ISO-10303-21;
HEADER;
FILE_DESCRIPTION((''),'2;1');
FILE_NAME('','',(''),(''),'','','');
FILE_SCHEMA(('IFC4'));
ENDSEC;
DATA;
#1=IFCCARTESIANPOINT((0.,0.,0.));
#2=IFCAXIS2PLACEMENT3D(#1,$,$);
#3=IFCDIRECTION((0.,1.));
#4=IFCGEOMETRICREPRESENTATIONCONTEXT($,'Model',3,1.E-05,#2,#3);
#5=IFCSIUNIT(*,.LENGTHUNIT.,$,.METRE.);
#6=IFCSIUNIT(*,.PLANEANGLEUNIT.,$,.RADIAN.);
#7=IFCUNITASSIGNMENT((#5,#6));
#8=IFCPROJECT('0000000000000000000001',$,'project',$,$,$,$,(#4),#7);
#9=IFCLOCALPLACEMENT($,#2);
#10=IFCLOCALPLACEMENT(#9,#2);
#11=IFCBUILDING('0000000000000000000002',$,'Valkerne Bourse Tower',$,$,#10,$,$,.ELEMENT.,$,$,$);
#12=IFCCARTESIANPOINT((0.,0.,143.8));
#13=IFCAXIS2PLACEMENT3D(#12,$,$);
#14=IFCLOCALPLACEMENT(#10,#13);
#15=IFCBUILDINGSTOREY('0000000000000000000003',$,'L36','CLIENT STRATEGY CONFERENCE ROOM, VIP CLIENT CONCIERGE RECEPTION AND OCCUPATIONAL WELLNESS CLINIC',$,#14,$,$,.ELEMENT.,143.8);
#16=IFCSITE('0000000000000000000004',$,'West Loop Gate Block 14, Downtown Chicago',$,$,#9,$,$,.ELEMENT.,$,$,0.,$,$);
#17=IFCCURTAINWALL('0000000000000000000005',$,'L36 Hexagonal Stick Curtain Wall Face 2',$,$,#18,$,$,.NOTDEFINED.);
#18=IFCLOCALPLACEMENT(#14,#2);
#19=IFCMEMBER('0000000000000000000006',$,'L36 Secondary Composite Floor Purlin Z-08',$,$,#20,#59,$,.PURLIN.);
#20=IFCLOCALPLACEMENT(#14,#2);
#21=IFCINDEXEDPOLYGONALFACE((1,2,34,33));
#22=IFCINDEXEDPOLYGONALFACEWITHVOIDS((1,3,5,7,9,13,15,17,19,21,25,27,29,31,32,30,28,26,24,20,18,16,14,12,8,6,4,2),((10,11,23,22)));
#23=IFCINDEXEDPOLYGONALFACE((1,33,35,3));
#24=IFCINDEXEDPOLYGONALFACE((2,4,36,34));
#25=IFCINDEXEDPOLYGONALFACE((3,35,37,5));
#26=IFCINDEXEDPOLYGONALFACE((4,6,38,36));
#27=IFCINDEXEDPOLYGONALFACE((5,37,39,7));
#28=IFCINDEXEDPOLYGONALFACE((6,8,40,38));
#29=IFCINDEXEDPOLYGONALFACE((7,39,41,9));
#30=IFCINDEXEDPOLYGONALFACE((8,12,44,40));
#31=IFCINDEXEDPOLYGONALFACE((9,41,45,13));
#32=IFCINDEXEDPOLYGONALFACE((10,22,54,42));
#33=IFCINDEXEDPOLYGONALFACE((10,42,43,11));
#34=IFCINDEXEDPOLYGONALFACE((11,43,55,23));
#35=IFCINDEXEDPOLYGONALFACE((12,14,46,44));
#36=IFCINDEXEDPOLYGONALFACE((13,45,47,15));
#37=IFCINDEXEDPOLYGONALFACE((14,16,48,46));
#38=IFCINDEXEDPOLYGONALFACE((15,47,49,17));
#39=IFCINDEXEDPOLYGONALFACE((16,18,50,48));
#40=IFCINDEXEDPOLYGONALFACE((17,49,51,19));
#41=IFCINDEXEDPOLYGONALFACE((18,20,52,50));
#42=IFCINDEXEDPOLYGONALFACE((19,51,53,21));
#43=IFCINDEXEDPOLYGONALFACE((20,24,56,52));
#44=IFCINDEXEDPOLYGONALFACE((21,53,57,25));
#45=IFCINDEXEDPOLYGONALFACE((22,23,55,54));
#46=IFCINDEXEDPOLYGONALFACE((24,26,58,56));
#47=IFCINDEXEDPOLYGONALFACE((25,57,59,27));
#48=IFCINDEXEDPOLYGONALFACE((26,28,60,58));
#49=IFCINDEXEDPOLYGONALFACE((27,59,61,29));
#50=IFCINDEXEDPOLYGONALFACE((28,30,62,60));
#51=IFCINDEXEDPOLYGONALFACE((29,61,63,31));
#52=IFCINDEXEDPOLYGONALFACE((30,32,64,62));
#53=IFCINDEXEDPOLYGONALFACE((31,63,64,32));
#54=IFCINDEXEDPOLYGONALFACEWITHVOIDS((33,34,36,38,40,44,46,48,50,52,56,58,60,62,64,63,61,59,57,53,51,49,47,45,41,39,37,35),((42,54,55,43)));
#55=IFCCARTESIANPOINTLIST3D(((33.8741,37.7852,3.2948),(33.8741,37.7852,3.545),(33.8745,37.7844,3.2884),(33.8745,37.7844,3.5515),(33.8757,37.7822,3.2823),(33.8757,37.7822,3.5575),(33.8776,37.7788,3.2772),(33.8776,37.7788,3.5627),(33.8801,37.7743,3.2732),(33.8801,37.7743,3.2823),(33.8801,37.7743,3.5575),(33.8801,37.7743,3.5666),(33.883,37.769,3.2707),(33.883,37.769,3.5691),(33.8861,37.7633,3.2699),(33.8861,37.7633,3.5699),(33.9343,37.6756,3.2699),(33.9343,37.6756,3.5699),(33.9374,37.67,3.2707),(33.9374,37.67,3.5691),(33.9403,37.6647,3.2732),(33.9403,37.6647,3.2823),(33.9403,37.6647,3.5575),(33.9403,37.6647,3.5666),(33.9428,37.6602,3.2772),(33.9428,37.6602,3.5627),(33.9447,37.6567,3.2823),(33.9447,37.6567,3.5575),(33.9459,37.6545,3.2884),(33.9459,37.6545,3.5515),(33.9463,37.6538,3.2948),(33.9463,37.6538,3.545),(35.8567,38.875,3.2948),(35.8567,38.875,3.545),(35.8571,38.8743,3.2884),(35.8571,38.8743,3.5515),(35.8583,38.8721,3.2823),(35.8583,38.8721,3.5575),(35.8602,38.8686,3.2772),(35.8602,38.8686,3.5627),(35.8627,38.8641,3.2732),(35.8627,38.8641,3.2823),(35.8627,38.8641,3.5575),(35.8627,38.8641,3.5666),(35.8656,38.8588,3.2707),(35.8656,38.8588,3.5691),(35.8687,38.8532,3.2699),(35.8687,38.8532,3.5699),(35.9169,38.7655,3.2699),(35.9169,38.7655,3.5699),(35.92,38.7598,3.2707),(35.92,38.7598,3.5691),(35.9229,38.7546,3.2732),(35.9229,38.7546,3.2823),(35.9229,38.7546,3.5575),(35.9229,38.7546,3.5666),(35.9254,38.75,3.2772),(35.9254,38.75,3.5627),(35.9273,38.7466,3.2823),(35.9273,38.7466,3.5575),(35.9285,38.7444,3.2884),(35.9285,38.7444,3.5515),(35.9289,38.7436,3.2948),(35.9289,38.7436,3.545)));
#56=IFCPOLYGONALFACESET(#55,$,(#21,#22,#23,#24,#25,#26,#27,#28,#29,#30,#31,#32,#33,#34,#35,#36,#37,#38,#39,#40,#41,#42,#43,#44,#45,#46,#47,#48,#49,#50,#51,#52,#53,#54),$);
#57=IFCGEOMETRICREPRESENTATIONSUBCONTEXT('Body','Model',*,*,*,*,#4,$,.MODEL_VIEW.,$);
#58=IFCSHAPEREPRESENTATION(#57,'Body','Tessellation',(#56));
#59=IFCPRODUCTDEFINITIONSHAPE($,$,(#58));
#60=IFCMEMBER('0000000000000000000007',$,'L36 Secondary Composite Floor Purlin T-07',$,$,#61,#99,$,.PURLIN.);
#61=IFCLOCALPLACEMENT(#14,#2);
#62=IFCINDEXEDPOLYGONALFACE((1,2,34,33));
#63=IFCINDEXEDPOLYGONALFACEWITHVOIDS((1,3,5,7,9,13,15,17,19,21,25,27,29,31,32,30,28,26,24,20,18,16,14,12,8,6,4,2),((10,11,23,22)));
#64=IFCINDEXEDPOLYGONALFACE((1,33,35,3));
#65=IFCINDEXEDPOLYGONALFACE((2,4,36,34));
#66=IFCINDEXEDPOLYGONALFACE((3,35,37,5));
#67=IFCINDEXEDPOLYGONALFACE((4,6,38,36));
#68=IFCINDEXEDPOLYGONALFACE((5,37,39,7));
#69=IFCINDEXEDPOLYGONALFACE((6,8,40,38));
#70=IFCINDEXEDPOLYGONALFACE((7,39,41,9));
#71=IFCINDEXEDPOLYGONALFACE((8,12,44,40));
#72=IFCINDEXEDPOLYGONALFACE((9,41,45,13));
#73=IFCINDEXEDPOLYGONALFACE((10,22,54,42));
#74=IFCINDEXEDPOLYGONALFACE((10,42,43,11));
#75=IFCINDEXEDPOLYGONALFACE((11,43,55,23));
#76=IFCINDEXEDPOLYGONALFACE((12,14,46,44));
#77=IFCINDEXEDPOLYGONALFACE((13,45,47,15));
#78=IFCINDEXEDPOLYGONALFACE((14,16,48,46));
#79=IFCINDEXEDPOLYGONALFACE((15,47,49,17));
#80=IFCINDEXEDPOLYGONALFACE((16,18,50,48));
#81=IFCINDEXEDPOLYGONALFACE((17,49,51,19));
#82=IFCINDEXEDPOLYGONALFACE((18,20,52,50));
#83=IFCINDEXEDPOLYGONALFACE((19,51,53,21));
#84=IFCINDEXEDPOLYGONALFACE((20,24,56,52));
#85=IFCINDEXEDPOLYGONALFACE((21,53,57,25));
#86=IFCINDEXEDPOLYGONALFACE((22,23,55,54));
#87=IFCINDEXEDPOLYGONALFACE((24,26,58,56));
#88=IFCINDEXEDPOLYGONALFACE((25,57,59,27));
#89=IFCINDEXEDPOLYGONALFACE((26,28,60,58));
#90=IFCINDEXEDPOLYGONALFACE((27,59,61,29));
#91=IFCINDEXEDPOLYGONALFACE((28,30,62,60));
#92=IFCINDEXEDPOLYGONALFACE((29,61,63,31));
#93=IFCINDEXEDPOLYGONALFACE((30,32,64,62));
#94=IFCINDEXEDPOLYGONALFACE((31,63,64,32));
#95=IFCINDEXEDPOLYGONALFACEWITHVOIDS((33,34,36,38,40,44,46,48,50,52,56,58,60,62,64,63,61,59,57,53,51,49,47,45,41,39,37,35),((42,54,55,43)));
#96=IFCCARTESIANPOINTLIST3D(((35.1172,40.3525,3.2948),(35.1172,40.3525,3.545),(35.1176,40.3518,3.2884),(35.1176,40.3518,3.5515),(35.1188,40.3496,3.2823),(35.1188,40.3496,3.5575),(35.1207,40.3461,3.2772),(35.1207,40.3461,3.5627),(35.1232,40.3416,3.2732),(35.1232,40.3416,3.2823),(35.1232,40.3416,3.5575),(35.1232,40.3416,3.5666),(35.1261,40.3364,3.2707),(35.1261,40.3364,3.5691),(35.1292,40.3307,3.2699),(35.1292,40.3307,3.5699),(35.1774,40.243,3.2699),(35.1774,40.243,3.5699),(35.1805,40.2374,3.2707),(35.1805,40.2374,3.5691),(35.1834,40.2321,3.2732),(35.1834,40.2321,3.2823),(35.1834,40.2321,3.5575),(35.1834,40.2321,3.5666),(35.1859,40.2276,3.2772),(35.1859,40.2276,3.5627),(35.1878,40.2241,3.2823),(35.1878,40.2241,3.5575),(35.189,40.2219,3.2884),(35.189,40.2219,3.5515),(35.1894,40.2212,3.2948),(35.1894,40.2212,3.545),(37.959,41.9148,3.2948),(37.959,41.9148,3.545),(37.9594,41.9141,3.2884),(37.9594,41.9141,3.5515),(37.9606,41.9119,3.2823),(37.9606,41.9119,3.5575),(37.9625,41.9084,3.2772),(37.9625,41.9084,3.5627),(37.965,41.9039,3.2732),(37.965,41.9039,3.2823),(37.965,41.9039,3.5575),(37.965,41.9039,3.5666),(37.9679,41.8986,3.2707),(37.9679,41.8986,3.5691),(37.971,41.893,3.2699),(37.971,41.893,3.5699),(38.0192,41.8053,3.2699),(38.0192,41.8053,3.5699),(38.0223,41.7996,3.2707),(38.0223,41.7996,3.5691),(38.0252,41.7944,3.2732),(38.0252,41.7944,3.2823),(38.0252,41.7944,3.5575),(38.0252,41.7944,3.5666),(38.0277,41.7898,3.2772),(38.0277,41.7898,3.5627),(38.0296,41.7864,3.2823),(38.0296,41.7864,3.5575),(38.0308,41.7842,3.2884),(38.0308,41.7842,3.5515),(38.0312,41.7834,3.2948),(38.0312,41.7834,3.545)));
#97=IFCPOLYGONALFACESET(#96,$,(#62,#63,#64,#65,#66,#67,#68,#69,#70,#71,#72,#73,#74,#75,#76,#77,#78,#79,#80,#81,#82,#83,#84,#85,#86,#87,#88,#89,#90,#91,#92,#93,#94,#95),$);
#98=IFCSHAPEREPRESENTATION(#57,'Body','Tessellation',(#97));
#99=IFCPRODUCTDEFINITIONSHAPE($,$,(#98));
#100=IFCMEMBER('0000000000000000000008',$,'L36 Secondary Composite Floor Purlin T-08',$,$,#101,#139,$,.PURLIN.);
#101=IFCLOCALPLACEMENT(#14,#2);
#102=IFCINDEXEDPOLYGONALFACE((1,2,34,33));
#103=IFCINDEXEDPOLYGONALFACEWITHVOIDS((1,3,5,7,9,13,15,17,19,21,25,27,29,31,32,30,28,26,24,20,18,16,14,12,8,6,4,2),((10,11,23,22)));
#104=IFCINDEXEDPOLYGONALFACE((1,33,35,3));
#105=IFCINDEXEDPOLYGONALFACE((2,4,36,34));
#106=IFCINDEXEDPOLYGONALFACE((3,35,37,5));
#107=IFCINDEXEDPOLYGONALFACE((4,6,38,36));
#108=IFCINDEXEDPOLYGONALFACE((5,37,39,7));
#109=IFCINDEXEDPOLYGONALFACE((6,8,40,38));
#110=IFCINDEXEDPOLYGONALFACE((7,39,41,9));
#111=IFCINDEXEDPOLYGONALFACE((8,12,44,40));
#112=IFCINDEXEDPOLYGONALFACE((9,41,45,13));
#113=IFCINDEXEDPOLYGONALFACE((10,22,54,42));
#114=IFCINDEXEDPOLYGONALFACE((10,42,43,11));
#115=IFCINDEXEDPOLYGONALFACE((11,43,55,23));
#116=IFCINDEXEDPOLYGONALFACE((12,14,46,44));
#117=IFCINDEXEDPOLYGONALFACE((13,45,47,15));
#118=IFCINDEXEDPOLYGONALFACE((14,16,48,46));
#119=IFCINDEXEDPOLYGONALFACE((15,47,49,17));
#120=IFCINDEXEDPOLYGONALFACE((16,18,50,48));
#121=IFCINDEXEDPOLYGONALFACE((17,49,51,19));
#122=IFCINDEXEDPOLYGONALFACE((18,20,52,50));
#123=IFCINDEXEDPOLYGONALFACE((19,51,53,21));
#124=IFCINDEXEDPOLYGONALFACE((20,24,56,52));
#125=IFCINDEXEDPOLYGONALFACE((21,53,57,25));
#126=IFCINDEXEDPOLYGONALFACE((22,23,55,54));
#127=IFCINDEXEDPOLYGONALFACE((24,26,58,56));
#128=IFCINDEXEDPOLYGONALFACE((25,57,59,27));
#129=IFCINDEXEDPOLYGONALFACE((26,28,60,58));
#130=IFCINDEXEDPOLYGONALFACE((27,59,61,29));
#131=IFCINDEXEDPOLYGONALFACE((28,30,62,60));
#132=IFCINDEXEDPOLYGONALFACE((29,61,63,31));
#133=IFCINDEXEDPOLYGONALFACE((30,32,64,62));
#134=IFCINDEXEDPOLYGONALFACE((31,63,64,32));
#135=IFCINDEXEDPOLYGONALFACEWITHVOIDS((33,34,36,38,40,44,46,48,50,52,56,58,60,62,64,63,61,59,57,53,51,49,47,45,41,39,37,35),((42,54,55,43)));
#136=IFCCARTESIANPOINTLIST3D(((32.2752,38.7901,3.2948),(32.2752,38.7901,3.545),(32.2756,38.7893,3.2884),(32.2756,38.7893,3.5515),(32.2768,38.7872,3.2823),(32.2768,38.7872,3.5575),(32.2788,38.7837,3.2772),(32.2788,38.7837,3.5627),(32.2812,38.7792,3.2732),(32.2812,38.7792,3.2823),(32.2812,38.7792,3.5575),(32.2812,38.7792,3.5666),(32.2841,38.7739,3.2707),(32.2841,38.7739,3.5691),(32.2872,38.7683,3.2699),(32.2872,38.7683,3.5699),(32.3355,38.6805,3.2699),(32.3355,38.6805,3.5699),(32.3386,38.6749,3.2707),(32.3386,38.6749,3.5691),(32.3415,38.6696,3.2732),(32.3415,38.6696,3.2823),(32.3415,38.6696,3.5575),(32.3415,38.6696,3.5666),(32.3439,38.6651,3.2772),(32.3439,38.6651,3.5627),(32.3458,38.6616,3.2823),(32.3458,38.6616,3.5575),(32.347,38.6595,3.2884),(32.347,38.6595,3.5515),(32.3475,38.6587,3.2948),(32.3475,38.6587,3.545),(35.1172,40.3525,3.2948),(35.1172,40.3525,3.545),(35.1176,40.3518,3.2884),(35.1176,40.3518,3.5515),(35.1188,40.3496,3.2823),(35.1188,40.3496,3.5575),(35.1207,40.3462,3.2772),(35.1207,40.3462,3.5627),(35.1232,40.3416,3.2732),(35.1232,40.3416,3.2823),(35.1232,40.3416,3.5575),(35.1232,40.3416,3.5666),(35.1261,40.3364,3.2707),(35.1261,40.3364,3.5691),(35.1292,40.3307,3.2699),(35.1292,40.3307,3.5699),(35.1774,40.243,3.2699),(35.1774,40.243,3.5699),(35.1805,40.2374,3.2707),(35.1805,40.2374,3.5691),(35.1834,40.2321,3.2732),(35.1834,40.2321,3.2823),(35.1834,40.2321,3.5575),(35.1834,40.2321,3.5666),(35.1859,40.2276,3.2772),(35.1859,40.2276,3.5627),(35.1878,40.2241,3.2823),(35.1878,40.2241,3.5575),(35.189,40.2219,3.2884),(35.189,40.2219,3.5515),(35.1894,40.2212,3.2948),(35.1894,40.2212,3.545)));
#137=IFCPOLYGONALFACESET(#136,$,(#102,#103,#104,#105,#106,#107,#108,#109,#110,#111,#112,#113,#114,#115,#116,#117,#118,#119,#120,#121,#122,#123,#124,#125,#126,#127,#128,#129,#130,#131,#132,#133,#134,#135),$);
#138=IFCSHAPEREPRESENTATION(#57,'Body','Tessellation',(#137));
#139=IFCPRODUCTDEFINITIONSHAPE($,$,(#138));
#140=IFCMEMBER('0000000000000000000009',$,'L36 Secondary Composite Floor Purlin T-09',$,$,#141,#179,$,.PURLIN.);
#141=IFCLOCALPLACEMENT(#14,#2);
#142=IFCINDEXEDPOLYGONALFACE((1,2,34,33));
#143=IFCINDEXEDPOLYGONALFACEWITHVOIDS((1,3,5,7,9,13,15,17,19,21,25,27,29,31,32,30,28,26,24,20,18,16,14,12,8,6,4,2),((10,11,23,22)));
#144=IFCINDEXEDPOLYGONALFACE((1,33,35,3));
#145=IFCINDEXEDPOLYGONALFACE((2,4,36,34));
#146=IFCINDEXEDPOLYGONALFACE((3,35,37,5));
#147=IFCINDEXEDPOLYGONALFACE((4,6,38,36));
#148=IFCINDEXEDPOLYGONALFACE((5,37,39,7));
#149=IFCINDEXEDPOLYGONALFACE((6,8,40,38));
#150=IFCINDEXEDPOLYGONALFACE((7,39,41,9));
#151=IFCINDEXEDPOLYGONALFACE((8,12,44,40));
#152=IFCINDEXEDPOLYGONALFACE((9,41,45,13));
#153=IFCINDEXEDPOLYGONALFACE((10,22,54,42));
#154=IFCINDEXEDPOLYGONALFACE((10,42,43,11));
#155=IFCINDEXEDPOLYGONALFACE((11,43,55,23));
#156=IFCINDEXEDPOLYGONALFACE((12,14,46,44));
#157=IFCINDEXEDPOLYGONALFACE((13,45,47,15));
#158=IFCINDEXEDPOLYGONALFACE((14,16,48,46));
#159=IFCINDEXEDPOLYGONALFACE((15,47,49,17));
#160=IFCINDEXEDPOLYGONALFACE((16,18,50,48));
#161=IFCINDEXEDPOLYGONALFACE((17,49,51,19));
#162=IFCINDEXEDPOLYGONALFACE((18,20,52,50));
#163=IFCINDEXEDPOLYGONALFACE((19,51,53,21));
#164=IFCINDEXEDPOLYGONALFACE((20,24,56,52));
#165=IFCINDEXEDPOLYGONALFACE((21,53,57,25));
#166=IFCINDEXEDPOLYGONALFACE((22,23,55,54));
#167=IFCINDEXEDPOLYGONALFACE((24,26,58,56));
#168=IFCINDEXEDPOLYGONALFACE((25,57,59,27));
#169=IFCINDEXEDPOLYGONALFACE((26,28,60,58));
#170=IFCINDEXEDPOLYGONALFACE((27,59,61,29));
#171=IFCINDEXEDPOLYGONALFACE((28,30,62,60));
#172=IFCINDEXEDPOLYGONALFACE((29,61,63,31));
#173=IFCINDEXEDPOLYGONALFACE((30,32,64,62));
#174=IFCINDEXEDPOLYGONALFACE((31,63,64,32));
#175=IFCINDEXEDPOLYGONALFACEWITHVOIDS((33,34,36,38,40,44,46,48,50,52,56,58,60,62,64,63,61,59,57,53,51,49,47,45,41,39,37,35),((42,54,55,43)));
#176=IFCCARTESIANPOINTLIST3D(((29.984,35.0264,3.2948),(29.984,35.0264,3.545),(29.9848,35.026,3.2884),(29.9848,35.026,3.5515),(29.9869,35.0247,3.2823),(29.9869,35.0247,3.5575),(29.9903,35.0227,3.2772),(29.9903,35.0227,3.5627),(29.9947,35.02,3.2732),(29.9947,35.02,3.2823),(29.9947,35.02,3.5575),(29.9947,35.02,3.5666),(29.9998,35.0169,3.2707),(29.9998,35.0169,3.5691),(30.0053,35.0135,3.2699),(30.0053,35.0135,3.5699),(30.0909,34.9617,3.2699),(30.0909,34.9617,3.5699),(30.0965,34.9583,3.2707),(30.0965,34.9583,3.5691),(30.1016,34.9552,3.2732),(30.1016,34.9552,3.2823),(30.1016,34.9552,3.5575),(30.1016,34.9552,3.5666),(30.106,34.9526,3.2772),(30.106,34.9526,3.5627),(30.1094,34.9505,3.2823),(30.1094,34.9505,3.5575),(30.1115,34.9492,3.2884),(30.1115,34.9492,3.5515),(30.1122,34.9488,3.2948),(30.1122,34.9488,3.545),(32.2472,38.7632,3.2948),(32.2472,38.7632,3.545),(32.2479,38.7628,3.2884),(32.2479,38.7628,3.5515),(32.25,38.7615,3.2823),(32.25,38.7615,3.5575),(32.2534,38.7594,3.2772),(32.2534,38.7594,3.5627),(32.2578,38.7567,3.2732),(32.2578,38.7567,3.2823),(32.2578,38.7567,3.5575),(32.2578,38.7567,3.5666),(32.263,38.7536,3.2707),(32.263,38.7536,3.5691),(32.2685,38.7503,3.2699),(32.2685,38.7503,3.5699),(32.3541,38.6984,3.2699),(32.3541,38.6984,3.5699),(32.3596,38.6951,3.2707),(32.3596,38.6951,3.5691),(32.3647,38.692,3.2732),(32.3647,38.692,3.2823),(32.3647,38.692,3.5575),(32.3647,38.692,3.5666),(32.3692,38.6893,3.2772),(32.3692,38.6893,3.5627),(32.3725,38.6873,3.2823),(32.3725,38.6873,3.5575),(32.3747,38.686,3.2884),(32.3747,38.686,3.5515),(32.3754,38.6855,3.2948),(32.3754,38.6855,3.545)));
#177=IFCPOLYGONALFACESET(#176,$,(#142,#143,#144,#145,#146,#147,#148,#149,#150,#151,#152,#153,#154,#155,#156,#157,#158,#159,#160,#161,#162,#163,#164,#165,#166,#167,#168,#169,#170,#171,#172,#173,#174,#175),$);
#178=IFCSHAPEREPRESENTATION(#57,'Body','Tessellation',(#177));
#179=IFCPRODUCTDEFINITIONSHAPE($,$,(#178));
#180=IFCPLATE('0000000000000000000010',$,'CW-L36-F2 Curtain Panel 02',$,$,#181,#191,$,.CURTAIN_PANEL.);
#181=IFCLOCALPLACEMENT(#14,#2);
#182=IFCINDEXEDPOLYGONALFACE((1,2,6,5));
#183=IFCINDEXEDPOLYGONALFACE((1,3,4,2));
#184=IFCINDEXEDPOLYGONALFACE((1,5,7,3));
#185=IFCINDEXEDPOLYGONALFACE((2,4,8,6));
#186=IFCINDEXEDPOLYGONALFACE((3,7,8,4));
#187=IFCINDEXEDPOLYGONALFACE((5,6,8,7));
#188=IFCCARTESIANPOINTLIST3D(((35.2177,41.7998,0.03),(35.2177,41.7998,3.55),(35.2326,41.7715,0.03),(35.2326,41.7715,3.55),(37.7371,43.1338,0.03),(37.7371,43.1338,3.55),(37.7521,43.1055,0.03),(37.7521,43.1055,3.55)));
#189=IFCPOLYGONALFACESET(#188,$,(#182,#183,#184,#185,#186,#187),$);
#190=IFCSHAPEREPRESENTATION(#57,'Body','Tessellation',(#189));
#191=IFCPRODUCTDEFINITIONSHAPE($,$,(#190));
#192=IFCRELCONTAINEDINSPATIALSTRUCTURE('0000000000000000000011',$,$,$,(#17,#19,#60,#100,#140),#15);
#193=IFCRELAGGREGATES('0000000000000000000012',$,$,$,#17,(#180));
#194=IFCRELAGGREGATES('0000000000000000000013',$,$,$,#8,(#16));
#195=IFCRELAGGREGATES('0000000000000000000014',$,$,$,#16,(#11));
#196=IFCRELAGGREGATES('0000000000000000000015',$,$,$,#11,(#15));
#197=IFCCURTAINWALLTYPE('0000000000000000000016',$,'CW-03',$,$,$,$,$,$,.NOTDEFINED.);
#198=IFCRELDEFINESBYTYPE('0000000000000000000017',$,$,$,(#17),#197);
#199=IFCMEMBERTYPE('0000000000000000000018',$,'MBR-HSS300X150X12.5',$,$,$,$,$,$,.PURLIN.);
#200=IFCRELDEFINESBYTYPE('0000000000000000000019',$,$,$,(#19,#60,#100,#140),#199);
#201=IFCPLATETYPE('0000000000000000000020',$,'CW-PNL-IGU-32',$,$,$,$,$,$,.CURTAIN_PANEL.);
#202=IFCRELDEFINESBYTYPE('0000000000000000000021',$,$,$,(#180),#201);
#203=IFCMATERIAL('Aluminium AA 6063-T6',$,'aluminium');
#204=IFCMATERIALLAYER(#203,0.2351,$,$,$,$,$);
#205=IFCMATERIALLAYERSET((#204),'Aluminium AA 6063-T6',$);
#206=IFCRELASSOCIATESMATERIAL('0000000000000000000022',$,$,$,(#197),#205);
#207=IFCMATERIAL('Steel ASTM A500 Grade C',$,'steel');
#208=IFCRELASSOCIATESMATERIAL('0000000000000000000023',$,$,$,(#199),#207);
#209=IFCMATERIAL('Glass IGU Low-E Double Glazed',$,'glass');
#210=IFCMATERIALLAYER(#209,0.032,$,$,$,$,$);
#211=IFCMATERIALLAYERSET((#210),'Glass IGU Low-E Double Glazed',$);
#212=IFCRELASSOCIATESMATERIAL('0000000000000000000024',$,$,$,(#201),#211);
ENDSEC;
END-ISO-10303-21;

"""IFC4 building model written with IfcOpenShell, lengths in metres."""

from ifc_helpers import new_model, si_unit, direction, frame, origin, origin_2d, place, context, subcontext, project, spatial, rectangle, hollow_rectangle, extrude, material, layer, layer_set, material_profile, profile_set, type_object, element, aggregate, save


model = new_model("IFC4")

# Units and contexts
model_context = context("Model", 3, precision=1e-05, world=origin(), true_north=direction((0.0, 1.0)))
body_context = subcontext(model_context, "Body", "Model", "MODEL_VIEW")
ifc_project = project(units=[si_unit("LENGTHUNIT", "METRE"), si_unit("PLANEANGLEUNIT", "RADIAN")], contexts=[model_context])

# Site, building, storey
site_placement = place(None, origin())
site = spatial("IfcSite", under=ifc_project, at=site_placement, Name="West Loop Gate Block 14, Downtown Chicago", CompositionType="ELEMENT", RefElevation=0.0)
building_placement = place(site_placement, origin())
building = spatial("IfcBuilding", under=site, at=building_placement, Name="Valkerne Bourse Tower", CompositionType="ELEMENT")
storey_placement = place(building_placement, frame((0.0, 0.0, 143.8)))
storey = spatial("IfcBuildingStorey", under=building, at=storey_placement, Name="L36", Description="CLIENT STRATEGY CONFERENCE ROOM, VIP CLIENT CONCIERGE RECEPTION AND OCCUPATIONAL WELLNESS CLINIC", CompositionType="ELEMENT", Elevation=143.8)

# Curtain wall
ifc_material_1 = material(Name="Aluminium AA 6063-T6", Category="aluminium")
ifc_layer_1 = layer(ifc_material_1, 0.2351)
ifc_layer_set_1 = layer_set([ifc_layer_1], Name="Aluminium AA 6063-T6")
curtain_wall_type = type_object("IfcCurtainWallType", Name="CW-03", PredefinedType="NOTDEFINED", material=ifc_layer_set_1)
curtain_wall_placement = place(storey_placement, origin())
curtain_wall = element("IfcCurtainWall", 1, at=curtain_wall_placement, inside=storey, type_object=curtain_wall_type, Name="L36 Hexagonal Stick Curtain Wall Face 2", PredefinedType="NOTDEFINED")

# Members
ifc_material_2 = material(Name="Steel ASTM A500 Grade C", Category="steel")
ifc_material_profile_1 = material_profile(ifc_material_2, hollow_rectangle(XDim=0.1499, YDim=0.3, WallThickness=0.0125, OuterFilletRadius=0.0249, at=origin_2d()), Name="HSS300X150X12.5")
ifc_profile_set_1 = profile_set([ifc_material_profile_1], Name="Steel ASTM A500 Grade C")
member_type_1 = type_object("IfcMemberType", Name="MBR-HSS300X150X12.5", PredefinedType="PURLIN", material=ifc_profile_set_1)
member_1_placement = place(storey_placement, frame((35.8928, 38.8093, 3.4199), z_axis=(-0.876332, -0.481707, 0.0), x_axis=(0.481707, -0.876332, 0.0)))
element("IfcMember", 2, at=member_1_placement, inside=storey, type_object=member_type_1, Name="L36 Secondary Composite Floor Purlin Z-08", PredefinedType="PURLIN", context=body_context, shape_type="SweptSolid", body=[
    extrude(hollow_rectangle(XDim=0.1499, YDim=0.3, WallThickness=0.0125, OuterFilletRadius=0.0249, at=origin_2d()), origin(), (0.0, 0.0, 1.0), 2.2625),
])
member_2_placement = place(storey_placement, frame((37.9951, 41.8491, 3.4199), z_axis=(-0.876311, -0.481745, 0.0), x_axis=(0.481745, -0.876311, 0.0)))
element("IfcMember", 3, at=member_2_placement, inside=storey, type_object=member_type_1, Name="L36 Secondary Composite Floor Purlin T-07", PredefinedType="PURLIN", context=body_context, shape_type="SweptSolid", body=[
    extrude(hollow_rectangle(XDim=0.1499, YDim=0.3, WallThickness=0.0125, OuterFilletRadius=0.0249, at=origin_2d()), origin(), (0.0, 0.0, 1.0), 3.2429),
])
member_3_placement = place(storey_placement, frame((35.1533, 40.2869, 3.4199), z_axis=(-0.876297, -0.481771, 0.0), x_axis=(0.481771, -0.876297, 0.0)))
element("IfcMember", 4, at=member_3_placement, inside=storey, type_object=member_type_1, Name="L36 Secondary Composite Floor Purlin T-08", PredefinedType="PURLIN", context=body_context, shape_type="SweptSolid", body=[
    extrude(hollow_rectangle(XDim=0.1499, YDim=0.3, WallThickness=0.0125, OuterFilletRadius=0.0249, at=origin_2d()), origin(), (0.0, 0.0, 1.0), 3.2432),
])
member_4_placement = place(storey_placement, frame((32.3113, 38.7244, 3.4199), z_axis=(-0.518042, -0.855355, 0.0), x_axis=(0.855355, -0.518042, 0.0)))
element("IfcMember", 5, at=member_4_placement, inside=storey, type_object=member_type_1, Name="L36 Secondary Composite Floor Purlin T-09", PredefinedType="PURLIN", context=body_context, shape_type="SweptSolid", body=[
    extrude(hollow_rectangle(XDim=0.1499, YDim=0.3, WallThickness=0.0125, OuterFilletRadius=0.0249, at=origin_2d()), origin(), (0.0, 0.0, 1.0), 4.3687),
])

# Plate
ifc_material_3 = material(Name="Glass IGU Low-E Double Glazed", Category="glass")
ifc_layer_2 = layer(ifc_material_3, 0.032)
ifc_layer_set_2 = layer_set([ifc_layer_2], Name="Glass IGU Low-E Double Glazed")
plate_type = type_object("IfcPlateType", Name="CW-PNL-IGU-32", PredefinedType="CURTAIN_PANEL", material=ifc_layer_set_2)
plate_1_placement = place(storey_placement, frame((36.4849, 42.4526, 0.03), z_axis=(0.0, 0.0, 1.0), x_axis=(-0.883757, -0.467946, 0.0)))
plate_1 = element("IfcPlate", 6, at=plate_1_placement, type_object=plate_type, Name="CW-L36-F2 Curtain Panel 02", PredefinedType="CURTAIN_PANEL", context=body_context, shape_type="SweptSolid", body=[
    extrude(rectangle(XDim=2.8508, YDim=0.032, at=origin_2d()), origin(), (0.0, 0.0, 1.0), 3.52),
])
aggregate(curtain_wall, [plate_1])

save(model, "model.ifc")
